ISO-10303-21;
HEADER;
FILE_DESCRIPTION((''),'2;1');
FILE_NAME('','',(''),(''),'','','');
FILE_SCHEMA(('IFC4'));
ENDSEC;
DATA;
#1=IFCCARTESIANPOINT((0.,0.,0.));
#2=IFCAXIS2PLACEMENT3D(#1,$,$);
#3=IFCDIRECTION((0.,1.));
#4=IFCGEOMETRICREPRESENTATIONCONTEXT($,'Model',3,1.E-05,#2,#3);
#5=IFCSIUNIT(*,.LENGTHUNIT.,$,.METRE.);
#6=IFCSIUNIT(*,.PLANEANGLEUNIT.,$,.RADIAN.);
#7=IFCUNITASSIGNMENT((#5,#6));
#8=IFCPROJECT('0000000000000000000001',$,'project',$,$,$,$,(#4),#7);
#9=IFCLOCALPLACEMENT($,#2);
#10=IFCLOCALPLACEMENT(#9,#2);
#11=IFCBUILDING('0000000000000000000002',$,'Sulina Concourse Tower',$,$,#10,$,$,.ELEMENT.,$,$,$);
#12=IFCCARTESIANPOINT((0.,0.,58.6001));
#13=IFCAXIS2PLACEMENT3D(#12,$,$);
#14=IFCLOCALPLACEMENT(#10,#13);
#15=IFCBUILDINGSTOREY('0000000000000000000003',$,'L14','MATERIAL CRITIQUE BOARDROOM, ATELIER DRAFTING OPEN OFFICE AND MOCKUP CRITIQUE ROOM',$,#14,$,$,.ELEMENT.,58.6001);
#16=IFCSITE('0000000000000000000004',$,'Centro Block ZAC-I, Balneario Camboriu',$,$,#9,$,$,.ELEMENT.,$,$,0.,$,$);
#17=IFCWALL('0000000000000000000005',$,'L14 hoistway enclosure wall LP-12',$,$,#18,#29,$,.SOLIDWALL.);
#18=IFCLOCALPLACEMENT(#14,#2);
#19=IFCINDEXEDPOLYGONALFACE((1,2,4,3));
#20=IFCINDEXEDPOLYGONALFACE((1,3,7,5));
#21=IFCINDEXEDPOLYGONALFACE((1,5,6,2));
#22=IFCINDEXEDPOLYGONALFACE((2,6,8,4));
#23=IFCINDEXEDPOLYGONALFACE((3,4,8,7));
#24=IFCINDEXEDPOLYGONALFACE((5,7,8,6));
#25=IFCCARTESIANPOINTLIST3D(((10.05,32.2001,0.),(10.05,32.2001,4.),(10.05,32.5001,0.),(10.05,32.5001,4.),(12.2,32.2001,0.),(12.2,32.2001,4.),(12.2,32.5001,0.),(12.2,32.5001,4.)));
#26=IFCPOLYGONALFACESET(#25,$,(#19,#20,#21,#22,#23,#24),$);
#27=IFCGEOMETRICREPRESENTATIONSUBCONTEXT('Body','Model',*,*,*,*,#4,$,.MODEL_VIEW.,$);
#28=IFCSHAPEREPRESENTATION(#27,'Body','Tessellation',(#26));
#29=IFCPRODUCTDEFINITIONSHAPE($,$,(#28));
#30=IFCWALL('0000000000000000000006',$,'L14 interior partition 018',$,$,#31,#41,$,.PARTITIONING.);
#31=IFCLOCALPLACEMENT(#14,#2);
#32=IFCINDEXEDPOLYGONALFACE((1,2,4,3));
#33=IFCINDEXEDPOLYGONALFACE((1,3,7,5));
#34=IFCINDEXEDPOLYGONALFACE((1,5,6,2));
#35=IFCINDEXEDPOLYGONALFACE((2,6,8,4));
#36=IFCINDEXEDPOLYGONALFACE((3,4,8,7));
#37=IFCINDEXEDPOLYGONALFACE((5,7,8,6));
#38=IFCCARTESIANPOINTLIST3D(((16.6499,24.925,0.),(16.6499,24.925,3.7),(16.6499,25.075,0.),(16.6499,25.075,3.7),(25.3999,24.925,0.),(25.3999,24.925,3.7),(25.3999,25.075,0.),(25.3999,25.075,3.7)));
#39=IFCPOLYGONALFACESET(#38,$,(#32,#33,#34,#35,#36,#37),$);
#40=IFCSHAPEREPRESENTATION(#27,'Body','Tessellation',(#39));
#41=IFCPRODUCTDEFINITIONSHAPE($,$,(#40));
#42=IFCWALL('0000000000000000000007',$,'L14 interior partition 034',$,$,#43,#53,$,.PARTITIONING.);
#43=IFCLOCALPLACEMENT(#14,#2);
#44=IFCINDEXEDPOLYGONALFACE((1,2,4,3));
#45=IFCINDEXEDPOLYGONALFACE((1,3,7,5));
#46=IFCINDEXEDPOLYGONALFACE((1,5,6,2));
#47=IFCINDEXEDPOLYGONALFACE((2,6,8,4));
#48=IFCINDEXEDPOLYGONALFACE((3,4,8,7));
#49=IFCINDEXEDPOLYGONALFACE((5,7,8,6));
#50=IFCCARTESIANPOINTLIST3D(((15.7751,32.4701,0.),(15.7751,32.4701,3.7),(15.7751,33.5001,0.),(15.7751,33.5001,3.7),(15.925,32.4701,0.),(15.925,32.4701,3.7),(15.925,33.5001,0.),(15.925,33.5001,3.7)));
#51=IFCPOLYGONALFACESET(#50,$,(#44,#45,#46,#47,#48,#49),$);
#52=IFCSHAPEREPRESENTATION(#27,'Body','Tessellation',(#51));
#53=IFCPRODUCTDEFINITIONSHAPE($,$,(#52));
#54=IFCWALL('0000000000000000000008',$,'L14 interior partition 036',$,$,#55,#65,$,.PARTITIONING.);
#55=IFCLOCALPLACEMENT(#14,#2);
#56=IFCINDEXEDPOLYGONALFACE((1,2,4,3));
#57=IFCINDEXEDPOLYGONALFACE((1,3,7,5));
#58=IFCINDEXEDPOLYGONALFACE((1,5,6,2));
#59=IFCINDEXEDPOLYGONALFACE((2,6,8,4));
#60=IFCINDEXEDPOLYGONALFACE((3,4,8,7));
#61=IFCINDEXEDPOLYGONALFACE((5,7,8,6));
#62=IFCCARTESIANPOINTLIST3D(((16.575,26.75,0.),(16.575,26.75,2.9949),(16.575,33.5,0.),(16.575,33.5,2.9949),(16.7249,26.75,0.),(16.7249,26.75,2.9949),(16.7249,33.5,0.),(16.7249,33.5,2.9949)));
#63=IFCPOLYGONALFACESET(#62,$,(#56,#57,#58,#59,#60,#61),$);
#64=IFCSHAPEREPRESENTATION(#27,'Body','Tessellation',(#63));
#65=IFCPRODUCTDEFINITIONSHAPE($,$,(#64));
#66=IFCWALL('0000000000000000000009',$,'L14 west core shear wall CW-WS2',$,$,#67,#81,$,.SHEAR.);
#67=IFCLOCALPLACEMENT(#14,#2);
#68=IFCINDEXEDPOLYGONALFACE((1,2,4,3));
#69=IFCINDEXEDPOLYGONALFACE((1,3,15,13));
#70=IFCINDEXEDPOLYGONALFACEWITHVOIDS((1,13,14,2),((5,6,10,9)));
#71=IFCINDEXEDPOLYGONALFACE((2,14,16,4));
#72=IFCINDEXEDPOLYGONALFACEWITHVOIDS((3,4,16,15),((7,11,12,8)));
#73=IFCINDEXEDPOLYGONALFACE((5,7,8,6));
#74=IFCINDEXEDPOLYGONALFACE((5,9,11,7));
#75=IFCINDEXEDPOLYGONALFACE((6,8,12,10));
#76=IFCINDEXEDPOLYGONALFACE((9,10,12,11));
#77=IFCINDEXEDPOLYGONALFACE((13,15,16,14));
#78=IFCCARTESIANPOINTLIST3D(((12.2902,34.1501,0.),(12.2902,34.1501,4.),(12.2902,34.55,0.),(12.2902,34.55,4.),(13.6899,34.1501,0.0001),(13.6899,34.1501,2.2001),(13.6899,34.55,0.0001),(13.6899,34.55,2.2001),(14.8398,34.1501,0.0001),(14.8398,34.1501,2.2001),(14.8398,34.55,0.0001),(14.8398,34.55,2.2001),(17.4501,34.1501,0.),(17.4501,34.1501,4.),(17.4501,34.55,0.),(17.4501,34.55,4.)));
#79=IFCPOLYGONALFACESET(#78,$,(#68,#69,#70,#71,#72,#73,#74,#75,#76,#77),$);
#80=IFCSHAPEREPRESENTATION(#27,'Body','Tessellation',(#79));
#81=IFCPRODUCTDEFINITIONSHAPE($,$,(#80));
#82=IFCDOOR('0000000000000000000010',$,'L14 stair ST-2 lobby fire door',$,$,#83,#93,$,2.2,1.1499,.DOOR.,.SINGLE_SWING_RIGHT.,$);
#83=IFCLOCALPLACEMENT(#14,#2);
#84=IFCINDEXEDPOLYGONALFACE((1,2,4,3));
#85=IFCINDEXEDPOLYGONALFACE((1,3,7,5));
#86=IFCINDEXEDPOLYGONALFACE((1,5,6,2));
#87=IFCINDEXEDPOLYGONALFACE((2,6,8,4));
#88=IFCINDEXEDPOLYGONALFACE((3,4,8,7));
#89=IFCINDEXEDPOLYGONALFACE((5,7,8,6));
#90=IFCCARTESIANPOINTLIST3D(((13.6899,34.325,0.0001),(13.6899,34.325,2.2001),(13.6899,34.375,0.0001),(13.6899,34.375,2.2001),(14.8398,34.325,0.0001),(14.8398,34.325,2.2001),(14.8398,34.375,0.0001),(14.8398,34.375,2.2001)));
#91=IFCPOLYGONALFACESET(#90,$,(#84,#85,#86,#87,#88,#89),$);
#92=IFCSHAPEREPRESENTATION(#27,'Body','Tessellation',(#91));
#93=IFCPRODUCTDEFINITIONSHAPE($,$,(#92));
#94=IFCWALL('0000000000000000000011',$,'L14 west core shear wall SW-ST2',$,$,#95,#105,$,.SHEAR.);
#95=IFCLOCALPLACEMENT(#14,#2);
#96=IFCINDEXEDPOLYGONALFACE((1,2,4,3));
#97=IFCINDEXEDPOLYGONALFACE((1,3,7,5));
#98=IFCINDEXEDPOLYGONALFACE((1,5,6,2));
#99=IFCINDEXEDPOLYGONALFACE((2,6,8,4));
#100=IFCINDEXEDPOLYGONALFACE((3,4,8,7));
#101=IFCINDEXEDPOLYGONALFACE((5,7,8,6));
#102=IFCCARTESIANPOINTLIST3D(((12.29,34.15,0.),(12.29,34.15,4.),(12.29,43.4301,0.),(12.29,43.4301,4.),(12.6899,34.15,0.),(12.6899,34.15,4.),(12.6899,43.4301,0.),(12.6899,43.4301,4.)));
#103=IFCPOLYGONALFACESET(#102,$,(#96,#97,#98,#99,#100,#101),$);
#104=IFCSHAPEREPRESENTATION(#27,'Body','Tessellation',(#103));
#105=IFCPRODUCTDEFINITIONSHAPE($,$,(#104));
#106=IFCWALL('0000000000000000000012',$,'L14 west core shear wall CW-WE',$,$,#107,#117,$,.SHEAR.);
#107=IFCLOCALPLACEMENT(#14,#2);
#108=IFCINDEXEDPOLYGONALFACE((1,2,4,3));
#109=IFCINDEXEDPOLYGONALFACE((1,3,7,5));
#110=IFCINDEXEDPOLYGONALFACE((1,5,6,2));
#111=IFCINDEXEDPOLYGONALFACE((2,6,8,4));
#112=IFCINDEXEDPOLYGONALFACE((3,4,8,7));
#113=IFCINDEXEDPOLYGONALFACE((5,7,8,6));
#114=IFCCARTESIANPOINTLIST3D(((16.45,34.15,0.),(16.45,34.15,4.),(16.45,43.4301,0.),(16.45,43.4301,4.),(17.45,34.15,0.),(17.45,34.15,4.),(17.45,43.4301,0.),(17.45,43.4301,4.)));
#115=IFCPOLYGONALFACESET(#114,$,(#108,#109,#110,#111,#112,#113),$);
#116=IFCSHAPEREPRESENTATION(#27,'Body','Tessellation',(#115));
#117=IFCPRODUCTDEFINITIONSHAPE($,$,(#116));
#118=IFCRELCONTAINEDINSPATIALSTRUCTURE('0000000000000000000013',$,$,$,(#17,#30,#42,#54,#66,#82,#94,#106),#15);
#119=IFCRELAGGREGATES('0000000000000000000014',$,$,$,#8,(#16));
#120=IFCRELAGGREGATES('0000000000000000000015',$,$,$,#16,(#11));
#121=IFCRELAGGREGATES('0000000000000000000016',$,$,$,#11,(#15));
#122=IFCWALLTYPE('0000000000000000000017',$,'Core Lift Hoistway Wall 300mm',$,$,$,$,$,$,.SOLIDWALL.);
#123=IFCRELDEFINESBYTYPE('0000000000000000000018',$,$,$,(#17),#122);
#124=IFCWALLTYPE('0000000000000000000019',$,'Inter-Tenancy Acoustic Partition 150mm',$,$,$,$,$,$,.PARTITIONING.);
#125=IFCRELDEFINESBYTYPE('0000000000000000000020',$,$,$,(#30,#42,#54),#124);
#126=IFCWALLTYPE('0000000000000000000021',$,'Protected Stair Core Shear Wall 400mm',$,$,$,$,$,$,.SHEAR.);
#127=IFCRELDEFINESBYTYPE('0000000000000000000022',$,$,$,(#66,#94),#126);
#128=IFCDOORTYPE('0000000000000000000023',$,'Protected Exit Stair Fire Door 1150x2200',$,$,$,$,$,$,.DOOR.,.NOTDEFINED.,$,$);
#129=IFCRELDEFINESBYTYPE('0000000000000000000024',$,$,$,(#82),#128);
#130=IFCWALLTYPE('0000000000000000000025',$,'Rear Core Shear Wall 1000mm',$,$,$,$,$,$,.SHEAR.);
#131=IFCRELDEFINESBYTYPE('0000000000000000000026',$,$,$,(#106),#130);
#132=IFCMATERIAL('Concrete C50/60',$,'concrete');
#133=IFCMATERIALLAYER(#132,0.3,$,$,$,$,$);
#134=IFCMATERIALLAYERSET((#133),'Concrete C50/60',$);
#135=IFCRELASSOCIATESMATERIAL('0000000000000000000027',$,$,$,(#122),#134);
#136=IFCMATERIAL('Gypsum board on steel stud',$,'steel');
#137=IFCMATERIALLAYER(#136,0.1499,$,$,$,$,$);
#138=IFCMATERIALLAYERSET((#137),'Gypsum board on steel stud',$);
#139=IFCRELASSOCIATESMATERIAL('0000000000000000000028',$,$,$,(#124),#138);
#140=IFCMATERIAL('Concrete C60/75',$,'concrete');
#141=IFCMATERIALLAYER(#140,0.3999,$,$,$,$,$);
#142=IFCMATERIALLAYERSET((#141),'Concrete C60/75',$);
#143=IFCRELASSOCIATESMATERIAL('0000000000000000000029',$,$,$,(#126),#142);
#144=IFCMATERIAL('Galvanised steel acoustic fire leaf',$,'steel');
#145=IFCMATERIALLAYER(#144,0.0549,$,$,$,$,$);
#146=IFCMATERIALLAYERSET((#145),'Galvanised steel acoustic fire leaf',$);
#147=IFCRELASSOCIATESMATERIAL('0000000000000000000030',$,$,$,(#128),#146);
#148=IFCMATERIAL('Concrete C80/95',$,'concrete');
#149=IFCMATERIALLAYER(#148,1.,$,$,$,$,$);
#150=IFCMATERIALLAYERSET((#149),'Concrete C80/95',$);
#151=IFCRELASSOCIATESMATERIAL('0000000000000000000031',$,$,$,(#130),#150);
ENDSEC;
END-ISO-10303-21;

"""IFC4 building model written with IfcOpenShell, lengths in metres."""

from ifc_helpers import new_model, si_unit, direction, frame, frame_2d, origin, place, context, subcontext, project, spatial, rectangle, extrude, material, layer, layer_set, type_object, element, fill, save


model = new_model("IFC4")

# Units and contexts
model_context = context("Model", 3, precision=1e-05, world=origin(), true_north=direction((0.0, 1.0)))
body_context = subcontext(model_context, "Body", "Model", "MODEL_VIEW")
ifc_project = project(units=[si_unit("LENGTHUNIT", "METRE"), si_unit("PLANEANGLEUNIT", "RADIAN")], contexts=[model_context])

# Site, building, storey
site_placement = place(None, origin())
site = spatial("IfcSite", under=ifc_project, at=site_placement, Name="Centro Block ZAC-I, Balneario Camboriu", CompositionType="ELEMENT", RefElevation=0.0)
building_placement = place(site_placement, origin())
building = spatial("IfcBuilding", under=site, at=building_placement, Name="Sulina Concourse Tower", CompositionType="ELEMENT")
storey_placement = place(building_placement, frame((0.0, 0.0, 58.6001)))
storey = spatial("IfcBuildingStorey", under=building, at=storey_placement, Name="L14", Description="MATERIAL CRITIQUE BOARDROOM, ATELIER DRAFTING OPEN OFFICE AND MOCKUP CRITIQUE ROOM", CompositionType="ELEMENT", Elevation=58.6001)

# Walls
ifc_material_1 = material(Name="Concrete C50/60", Category="concrete")
ifc_layer_1 = layer(ifc_material_1, 0.3)
ifc_layer_set_1 = layer_set([ifc_layer_1], Name="Concrete C50/60")
wall_type_1 = type_object("IfcWallType", Name="Core Lift Hoistway Wall 300mm", PredefinedType="SOLIDWALL", material=ifc_layer_set_1)
wall_1_placement = place(storey_placement, frame((10.05, 32.3501, 0.0), z_axis=(0.0, 0.0, 1.0), x_axis=(1.0, 0.0, 0.0)))
element("IfcWall", 1, at=wall_1_placement, inside=storey, type_object=wall_type_1, Name="L14 hoistway enclosure wall LP-12", PredefinedType="SOLIDWALL", context=body_context, shape_type="SweptSolid", body=[
    extrude(rectangle(XDim=2.1499, YDim=0.3, at=frame_2d((1.075, 0.0))), origin(), (0.0, 0.0, 1.0), 4.0),
])
ifc_material_2 = material(Name="Gypsum board on steel stud", Category="steel")
ifc_layer_2 = layer(ifc_material_2, 0.1499)
ifc_layer_set_2 = layer_set([ifc_layer_2], Name="Gypsum board on steel stud")
wall_type_2 = type_object("IfcWallType", Name="Inter-Tenancy Acoustic Partition 150mm", PredefinedType="PARTITIONING", material=ifc_layer_set_2)
wall_2_placement = place(storey_placement, frame((16.6499, 25.0, 0.0), z_axis=(0.0, 0.0, 1.0), x_axis=(1.0, 0.0, 0.0)))
element("IfcWall", 2, at=wall_2_placement, inside=storey, type_object=wall_type_2, Name="L14 interior partition 018", PredefinedType="PARTITIONING", context=body_context, shape_type="SweptSolid", body=[
    extrude(rectangle(XDim=8.75, YDim=0.1499, at=frame_2d((4.375, 0.0))), origin(), (0.0, 0.0, 1.0), 3.7),
])
wall_3_placement = place(storey_placement, frame((15.8501, 32.47, 0.0), z_axis=(0.0, 0.0, 1.0), x_axis=(0.0, 1.0, 0.0)))
element("IfcWall", 3, at=wall_3_placement, inside=storey, type_object=wall_type_2, Name="L14 interior partition 034", PredefinedType="PARTITIONING", context=body_context, shape_type="SweptSolid", body=[
    extrude(rectangle(XDim=1.03, YDim=0.1499, at=frame_2d((0.5151, 0.0))), origin(), (0.0, 0.0, 1.0), 3.7),
])
wall_4_placement = place(storey_placement, frame((16.6499, 26.75, 0.0), z_axis=(0.0, 0.0, 1.0), x_axis=(0.0, 1.0, 0.0)))
element("IfcWall", 4, at=wall_4_placement, inside=storey, type_object=wall_type_2, Name="L14 interior partition 036", PredefinedType="PARTITIONING", context=body_context, shape_type="SweptSolid", body=[
    extrude(rectangle(XDim=6.75, YDim=0.1499, at=frame_2d((3.375, 0.0))), origin(), (0.0, 0.0, 1.0), 2.9949),
])

# Wall, opening, door
ifc_material_3 = material(Name="Concrete C60/75", Category="concrete")
ifc_layer_3 = layer(ifc_material_3, 0.3999)
ifc_layer_set_3 = layer_set([ifc_layer_3], Name="Concrete C60/75")
wall_type_3 = type_object("IfcWallType", Name="Protected Stair Core Shear Wall 400mm", PredefinedType="SHEAR", material=ifc_layer_set_3)
wall_5_placement = place(storey_placement, frame((12.29, 34.3501, 0.0), z_axis=(0.0, 0.0, 1.0), x_axis=(1.0, 0.0, 0.0)))
wall_5 = element("IfcWall", 5, at=wall_5_placement, inside=storey, type_object=wall_type_3, Name="L14 west core shear wall CW-WS2", PredefinedType="SHEAR", context=body_context, shape_type="SweptSolid", body=[
    extrude(rectangle(XDim=5.1599, YDim=0.3999, at=frame_2d((2.5801, 0.0))), origin(), (0.0, 0.0, 1.0), 4.0),
])
opening_placement = place(wall_5_placement, frame((1.3999, 0.0, 0.0)))
opening = element("IfcOpeningElement", 6, at=opening_placement, cuts=wall_5, PredefinedType="OPENING", context=body_context, shape_type="SweptSolid", body=[
    extrude(rectangle(XDim=1.1499, YDim=2.2, at=frame_2d((0.575, 1.1001))), frame((0.0, 0.21, 0.0), z_axis=(0.0, -1.0, 0.0), x_axis=(1.0, 0.0, 0.0)), (0.0, 0.0, 1.0), 0.4199),
])
ifc_material_4 = material(Name="Galvanised steel acoustic fire leaf", Category="steel")
ifc_layer_4 = layer(ifc_material_4, 0.0549)
ifc_layer_set_4 = layer_set([ifc_layer_4], Name="Galvanised steel acoustic fire leaf")
door_type = type_object("IfcDoorType", Name="Protected Exit Stair Fire Door 1150x2200", OperationType="NOTDEFINED", PredefinedType="DOOR", material=ifc_layer_set_4)
door_placement = place(opening_placement, origin())
door = element("IfcDoor", 7, at=door_placement, inside=storey, type_object=door_type, Name="L14 stair ST-2 lobby fire door", OperationType="SINGLE_SWING_RIGHT", OverallHeight=2.2, OverallWidth=1.1499, PredefinedType="DOOR", context=body_context, shape_type="SweptSolid", body=[
    extrude(rectangle(XDim=1.1499, YDim=2.2, at=frame_2d((0.575, 1.1001))), frame((0.0, 0.0249, 0.0), z_axis=(0.0, -1.0, 0.0), x_axis=(1.0, 0.0, 0.0)), (0.0, 0.0, 1.0), 0.05),
])
fill(opening, door)

# Walls
wall_6_placement = place(storey_placement, frame((12.49, 34.1499, 0.0), z_axis=(0.0, 0.0, 1.0), x_axis=(0.0, 1.0, 0.0)))
element("IfcWall", 8, at=wall_6_placement, inside=storey, type_object=wall_type_3, Name="L14 west core shear wall SW-ST2", PredefinedType="SHEAR", context=body_context, shape_type="SweptSolid", body=[
    extrude(rectangle(XDim=9.28, YDim=0.3999, at=frame_2d((4.6401, 0.0))), origin(), (0.0, 0.0, 1.0), 4.0),
])
ifc_material_5 = material(Name="Concrete C80/95", Category="concrete")
ifc_layer_5 = layer(ifc_material_5, 1.0)
ifc_layer_set_5 = layer_set([ifc_layer_5], Name="Concrete C80/95")
wall_type_4 = type_object("IfcWallType", Name="Rear Core Shear Wall 1000mm", PredefinedType="SHEAR", material=ifc_layer_set_5)
wall_7_placement = place(storey_placement, frame((16.95, 34.1499, 0.0), z_axis=(0.0, 0.0, 1.0), x_axis=(0.0, 1.0, 0.0)))
element("IfcWall", 9, at=wall_7_placement, inside=storey, type_object=wall_type_4, Name="L14 west core shear wall CW-WE", PredefinedType="SHEAR", context=body_context, shape_type="SweptSolid", body=[
    extrude(rectangle(XDim=9.28, YDim=1.0, at=frame_2d((4.6401, 0.0))), origin(), (0.0, 0.0, 1.0), 4.0),
])

save(model, "model.ifc")
